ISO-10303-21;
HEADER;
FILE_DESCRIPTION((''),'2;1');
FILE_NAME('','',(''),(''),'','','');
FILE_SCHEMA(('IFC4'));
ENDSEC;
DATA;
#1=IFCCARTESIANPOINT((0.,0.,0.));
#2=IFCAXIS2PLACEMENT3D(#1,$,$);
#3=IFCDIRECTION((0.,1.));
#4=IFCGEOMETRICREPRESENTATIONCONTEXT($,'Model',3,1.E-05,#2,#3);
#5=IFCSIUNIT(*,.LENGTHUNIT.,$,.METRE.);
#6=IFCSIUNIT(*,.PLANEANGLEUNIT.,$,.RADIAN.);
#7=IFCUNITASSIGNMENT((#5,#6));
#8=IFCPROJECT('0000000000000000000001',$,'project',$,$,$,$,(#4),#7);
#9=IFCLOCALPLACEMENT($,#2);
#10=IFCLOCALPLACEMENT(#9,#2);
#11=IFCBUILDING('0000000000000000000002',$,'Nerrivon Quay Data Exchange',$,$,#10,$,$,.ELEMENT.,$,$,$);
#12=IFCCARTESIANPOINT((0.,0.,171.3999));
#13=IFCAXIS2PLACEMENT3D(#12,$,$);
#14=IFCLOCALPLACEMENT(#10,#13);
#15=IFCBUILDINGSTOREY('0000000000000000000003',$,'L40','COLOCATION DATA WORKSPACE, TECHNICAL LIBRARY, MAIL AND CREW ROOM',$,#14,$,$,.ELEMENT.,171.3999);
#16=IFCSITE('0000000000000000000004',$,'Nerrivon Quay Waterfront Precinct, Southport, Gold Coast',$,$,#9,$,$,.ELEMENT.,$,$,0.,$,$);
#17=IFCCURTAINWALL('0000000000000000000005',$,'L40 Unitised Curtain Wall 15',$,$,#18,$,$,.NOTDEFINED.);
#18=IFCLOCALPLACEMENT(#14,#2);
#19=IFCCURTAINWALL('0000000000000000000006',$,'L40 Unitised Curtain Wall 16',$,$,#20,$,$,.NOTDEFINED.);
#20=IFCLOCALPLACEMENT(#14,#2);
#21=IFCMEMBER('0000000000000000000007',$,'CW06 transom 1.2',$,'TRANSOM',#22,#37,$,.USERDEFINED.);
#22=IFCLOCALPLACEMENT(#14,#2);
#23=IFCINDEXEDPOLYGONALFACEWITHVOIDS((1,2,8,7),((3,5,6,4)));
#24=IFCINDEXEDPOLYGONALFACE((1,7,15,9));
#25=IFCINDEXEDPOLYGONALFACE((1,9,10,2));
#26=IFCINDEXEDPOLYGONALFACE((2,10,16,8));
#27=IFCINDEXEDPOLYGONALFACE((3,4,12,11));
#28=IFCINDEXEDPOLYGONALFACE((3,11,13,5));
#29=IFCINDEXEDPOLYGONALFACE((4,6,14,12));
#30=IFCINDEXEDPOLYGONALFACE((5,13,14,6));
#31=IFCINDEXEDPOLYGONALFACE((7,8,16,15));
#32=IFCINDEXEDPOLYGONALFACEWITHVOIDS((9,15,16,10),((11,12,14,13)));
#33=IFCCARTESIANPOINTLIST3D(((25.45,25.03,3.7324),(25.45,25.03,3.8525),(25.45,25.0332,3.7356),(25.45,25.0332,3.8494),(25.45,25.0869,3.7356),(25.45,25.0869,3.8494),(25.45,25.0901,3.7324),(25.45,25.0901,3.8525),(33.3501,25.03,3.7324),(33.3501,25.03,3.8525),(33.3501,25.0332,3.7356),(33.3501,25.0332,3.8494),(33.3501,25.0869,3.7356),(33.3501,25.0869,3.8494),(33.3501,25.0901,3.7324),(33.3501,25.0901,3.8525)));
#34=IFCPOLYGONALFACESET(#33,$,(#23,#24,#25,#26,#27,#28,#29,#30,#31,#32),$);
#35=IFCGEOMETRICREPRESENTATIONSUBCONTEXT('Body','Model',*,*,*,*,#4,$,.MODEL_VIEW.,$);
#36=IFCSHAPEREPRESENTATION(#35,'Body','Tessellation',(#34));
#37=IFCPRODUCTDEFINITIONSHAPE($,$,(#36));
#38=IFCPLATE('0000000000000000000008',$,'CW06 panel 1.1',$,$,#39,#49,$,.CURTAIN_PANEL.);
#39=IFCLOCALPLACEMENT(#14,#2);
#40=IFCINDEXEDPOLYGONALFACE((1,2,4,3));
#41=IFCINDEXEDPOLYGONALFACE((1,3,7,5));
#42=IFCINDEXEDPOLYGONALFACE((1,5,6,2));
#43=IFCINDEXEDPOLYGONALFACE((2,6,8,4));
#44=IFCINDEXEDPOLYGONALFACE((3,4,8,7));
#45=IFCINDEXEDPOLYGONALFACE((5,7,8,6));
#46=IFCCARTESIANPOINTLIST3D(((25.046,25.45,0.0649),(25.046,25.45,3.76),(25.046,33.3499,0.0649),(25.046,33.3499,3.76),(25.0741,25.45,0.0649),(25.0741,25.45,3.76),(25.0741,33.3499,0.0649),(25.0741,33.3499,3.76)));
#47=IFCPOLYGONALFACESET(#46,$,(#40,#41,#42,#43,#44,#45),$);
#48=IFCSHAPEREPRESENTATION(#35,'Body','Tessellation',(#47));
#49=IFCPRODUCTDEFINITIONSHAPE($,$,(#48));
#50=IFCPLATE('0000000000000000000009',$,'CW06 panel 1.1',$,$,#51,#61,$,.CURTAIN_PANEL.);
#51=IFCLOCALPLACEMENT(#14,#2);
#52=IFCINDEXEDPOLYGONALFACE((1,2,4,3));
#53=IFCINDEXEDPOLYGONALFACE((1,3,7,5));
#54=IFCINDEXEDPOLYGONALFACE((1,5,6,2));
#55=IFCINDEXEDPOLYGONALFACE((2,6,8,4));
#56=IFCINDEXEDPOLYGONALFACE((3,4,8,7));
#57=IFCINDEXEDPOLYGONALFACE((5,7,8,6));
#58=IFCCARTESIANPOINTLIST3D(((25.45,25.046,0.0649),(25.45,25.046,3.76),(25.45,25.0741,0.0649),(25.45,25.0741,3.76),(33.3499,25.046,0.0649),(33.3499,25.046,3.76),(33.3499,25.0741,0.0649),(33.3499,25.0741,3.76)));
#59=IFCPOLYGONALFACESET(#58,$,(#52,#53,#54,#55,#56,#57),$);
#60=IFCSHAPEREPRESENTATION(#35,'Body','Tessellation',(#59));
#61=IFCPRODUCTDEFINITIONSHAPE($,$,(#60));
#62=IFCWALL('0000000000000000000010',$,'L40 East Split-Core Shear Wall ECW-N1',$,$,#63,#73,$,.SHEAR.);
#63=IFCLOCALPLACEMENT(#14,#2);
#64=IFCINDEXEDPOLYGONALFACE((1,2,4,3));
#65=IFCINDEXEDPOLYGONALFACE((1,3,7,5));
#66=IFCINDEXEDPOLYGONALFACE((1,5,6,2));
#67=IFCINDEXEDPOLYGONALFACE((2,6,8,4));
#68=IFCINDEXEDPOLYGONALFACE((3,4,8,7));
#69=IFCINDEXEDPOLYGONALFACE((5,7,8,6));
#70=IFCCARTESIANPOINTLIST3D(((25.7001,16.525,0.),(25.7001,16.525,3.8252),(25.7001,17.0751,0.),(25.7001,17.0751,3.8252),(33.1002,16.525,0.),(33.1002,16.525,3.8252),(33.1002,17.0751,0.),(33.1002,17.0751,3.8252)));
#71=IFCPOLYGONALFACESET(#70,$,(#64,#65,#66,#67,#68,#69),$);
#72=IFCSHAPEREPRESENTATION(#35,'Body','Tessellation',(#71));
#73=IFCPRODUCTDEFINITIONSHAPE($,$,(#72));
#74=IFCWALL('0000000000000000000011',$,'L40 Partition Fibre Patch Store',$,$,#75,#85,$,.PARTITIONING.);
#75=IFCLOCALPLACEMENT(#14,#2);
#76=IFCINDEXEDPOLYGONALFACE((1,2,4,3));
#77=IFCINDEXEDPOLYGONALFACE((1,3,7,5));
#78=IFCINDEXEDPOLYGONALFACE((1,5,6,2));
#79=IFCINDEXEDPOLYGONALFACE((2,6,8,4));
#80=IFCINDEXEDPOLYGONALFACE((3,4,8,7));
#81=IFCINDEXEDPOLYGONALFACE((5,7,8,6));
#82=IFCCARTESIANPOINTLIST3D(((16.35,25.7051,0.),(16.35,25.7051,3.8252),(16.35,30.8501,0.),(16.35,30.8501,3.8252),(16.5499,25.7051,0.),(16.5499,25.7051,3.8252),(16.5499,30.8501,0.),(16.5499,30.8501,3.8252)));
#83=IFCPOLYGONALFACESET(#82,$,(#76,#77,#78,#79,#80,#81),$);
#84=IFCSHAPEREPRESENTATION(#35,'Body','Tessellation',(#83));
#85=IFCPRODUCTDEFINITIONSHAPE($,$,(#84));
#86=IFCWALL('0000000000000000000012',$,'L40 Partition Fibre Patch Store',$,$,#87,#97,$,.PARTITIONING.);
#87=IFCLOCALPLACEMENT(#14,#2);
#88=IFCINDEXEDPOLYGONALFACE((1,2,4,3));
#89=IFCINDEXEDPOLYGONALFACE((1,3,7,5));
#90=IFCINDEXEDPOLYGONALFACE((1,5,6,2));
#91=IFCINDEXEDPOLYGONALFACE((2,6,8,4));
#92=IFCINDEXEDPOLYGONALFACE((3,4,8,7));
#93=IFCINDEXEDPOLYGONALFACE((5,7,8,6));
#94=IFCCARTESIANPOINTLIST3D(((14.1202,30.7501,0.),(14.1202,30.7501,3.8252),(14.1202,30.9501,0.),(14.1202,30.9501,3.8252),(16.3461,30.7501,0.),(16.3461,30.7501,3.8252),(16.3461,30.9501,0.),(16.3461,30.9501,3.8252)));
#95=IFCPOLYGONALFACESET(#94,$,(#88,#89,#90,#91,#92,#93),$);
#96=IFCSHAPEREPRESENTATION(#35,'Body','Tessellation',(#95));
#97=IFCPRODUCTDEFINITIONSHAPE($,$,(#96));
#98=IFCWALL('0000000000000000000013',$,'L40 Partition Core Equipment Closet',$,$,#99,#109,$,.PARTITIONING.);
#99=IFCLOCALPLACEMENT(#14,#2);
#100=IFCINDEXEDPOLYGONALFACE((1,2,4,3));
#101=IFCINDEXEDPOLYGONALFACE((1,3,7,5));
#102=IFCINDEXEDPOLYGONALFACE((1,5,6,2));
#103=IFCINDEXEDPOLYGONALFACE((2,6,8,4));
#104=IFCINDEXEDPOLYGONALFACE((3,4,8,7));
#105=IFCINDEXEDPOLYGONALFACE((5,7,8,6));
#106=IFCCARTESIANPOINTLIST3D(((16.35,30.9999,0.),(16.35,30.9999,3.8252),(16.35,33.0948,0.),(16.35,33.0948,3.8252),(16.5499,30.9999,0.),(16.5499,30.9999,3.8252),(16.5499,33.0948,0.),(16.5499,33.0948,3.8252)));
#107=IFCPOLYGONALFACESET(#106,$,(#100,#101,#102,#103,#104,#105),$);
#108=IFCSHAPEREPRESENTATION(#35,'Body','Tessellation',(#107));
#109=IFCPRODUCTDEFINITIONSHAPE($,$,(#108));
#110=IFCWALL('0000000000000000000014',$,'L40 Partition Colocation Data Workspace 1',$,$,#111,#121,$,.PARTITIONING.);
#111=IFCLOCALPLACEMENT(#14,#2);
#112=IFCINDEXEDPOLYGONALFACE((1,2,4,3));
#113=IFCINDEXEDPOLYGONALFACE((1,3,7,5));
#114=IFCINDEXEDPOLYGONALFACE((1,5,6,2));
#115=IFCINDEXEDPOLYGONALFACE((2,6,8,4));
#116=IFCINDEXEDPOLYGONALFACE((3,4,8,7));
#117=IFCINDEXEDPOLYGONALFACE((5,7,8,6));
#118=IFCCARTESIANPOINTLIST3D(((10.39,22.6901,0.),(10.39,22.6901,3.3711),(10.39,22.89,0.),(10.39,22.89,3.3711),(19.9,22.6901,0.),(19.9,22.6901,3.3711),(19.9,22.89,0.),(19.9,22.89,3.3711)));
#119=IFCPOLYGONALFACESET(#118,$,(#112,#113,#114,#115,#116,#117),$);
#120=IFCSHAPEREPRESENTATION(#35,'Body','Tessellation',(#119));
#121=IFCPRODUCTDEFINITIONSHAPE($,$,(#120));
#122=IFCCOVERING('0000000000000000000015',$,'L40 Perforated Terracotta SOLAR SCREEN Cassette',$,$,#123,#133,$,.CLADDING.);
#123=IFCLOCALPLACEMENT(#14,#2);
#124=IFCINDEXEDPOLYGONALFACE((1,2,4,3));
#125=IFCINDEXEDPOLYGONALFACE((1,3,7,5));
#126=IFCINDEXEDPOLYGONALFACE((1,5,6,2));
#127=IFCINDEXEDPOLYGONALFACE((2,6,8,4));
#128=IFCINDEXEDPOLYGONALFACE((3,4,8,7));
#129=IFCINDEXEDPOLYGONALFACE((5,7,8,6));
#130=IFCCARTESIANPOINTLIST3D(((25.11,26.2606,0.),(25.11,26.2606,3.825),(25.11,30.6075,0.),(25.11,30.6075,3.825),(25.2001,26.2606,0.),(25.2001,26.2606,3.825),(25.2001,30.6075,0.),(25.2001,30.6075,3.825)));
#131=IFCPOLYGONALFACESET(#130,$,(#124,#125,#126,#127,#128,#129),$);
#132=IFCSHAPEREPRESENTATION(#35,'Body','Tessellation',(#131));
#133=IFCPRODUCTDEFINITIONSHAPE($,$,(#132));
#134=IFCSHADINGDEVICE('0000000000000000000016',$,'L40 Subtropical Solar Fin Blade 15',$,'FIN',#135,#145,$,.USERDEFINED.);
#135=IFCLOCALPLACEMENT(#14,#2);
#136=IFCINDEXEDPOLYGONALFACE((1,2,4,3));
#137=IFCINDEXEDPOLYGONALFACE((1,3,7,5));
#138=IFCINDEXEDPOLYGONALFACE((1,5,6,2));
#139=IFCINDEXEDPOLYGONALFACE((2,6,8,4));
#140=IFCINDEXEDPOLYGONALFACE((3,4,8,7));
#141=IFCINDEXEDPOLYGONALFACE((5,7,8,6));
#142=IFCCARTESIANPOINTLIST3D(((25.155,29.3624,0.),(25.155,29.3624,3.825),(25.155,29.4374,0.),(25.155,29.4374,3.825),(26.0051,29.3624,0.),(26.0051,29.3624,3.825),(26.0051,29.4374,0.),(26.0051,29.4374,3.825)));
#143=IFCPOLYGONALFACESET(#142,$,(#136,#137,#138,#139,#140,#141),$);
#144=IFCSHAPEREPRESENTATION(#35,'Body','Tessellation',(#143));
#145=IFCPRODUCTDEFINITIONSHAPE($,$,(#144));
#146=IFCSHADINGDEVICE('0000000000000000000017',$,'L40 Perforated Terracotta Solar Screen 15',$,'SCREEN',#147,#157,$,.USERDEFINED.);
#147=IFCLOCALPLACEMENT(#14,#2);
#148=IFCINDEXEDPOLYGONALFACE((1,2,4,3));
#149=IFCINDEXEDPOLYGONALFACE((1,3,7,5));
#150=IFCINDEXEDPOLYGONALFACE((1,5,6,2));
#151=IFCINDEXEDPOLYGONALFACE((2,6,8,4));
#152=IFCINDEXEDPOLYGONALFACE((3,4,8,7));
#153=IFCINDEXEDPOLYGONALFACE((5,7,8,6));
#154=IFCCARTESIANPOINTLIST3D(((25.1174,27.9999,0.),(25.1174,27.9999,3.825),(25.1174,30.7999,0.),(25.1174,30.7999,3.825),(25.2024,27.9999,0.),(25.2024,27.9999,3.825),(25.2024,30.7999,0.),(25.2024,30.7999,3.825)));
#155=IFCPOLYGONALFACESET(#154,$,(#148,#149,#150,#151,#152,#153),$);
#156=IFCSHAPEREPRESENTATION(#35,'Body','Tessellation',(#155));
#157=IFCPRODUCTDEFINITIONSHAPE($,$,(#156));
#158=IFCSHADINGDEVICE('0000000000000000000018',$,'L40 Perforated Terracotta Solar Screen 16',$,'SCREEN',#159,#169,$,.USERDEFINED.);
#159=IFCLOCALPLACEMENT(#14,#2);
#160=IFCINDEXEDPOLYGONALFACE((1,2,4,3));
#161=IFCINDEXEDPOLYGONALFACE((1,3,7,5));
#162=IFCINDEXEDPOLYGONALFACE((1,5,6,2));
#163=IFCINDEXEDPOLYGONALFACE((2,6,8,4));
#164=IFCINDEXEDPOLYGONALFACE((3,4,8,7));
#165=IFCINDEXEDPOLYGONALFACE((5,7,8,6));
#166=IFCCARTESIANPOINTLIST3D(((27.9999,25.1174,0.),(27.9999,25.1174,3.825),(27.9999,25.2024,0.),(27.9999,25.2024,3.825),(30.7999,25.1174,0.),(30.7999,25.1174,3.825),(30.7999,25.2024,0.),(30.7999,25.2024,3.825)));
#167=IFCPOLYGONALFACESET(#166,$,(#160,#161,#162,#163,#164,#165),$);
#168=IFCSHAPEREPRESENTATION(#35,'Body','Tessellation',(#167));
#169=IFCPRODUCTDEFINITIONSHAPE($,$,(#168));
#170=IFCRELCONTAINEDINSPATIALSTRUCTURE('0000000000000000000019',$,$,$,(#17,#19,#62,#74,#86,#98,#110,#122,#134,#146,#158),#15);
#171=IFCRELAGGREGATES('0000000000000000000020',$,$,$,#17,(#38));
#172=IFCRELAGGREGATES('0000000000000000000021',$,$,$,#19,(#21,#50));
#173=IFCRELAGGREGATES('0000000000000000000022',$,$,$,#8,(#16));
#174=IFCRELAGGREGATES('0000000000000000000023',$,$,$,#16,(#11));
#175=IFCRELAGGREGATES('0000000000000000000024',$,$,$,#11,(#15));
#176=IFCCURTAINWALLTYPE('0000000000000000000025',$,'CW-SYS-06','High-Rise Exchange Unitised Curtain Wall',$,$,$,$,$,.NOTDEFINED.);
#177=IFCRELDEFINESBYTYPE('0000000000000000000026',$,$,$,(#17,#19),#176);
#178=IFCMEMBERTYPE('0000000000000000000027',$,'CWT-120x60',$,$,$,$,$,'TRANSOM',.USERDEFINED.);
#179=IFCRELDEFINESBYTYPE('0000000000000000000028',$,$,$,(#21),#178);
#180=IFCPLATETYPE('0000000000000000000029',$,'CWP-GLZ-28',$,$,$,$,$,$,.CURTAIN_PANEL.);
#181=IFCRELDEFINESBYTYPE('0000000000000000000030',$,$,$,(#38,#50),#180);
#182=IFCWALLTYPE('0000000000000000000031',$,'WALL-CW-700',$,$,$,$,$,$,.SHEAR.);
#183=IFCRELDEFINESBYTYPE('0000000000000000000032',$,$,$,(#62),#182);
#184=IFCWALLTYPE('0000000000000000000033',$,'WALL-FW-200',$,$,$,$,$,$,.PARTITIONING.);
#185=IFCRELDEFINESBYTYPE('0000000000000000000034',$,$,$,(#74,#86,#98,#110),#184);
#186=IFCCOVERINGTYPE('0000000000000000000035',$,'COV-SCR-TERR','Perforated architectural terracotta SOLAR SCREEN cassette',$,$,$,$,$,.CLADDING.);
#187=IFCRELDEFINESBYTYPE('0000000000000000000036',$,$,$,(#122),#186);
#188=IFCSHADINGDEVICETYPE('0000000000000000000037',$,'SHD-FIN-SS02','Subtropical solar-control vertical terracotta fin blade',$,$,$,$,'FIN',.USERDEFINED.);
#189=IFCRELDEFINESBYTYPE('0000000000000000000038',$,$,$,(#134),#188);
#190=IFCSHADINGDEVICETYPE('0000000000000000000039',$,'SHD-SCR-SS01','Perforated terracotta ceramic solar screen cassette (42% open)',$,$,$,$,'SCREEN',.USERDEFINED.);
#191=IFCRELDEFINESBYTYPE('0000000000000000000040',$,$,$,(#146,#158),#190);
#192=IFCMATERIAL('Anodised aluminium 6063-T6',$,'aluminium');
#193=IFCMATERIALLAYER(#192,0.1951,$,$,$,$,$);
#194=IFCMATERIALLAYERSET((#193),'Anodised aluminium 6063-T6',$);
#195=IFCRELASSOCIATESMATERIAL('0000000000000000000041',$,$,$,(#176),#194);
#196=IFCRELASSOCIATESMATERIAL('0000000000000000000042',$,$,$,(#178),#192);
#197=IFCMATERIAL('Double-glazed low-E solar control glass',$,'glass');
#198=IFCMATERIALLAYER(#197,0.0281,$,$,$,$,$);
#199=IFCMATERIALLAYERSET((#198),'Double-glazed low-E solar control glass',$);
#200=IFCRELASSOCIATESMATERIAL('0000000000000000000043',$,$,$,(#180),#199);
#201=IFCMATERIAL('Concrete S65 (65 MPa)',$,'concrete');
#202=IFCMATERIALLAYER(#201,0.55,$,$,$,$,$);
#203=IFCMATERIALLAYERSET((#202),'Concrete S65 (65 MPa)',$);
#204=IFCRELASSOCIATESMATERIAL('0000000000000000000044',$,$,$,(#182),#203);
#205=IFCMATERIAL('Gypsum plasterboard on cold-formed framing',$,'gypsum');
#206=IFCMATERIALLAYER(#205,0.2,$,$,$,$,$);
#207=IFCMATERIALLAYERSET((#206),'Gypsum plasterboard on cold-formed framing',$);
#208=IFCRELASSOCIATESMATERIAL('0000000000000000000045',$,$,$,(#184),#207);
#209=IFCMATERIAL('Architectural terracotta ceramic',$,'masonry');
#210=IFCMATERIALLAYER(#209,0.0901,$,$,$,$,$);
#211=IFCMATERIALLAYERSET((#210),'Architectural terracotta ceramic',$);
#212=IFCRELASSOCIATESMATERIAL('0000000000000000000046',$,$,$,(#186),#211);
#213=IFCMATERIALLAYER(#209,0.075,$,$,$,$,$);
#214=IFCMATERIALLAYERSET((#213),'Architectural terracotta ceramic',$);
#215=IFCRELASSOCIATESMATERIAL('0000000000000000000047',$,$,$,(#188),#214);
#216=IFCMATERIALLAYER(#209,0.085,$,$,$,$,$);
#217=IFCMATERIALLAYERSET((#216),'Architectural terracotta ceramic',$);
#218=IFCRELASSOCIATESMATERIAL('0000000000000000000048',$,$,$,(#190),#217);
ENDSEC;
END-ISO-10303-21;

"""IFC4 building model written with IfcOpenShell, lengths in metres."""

from ifc_helpers import new_model, si_unit, direction, frame, frame_2d, origin, origin_2d, place, context, subcontext, project, spatial, rectangle, hollow_rectangle, extrude, material, layer, layer_set, material_profile, profile_set, type_object, element, aggregate, save


model = new_model("IFC4")

# Units and contexts
model_context = context("Model", 3, precision=1e-05, world=origin(), true_north=direction((0.0, 1.0)))
body_context = subcontext(model_context, "Body", "Model", "MODEL_VIEW")
ifc_project = project(units=[si_unit("LENGTHUNIT", "METRE"), si_unit("PLANEANGLEUNIT", "RADIAN")], contexts=[model_context])

# Site, building, storey
site_placement = place(None, origin())
site = spatial("IfcSite", under=ifc_project, at=site_placement, Name="Nerrivon Quay Waterfront Precinct, Southport, Gold Coast", CompositionType="ELEMENT", RefElevation=0.0)
building_placement = place(site_placement, origin())
building = spatial("IfcBuilding", under=site, at=building_placement, Name="Nerrivon Quay Data Exchange", CompositionType="ELEMENT")
storey_placement = place(building_placement, frame((0.0, 0.0, 171.3999)))
storey = spatial("IfcBuildingStorey", under=building, at=storey_placement, Name="L40", Description="COLOCATION DATA WORKSPACE, TECHNICAL LIBRARY, MAIL AND CREW ROOM", CompositionType="ELEMENT", Elevation=171.3999)

# Shared definitions
ifc_material_1 = material(Name="Concrete S65 (65 MPa)", Category="concrete")

# Curtain wall
ifc_material_2 = material(Name="Anodised aluminium 6063-T6", Category="aluminium")
ifc_layer_1 = layer(ifc_material_2, 0.1951)
ifc_layer_set_1 = layer_set([ifc_layer_1], Name="Anodised aluminium 6063-T6")
curtain_wall_type = type_object("IfcCurtainWallType", Name="CW-SYS-06", Description="High-Rise Exchange Unitised Curtain Wall", PredefinedType="NOTDEFINED", material=ifc_layer_set_1)
curtain_wall_1_placement = place(storey_placement, origin())
curtain_wall_1 = element("IfcCurtainWall", 1, at=curtain_wall_1_placement, inside=storey, type_object=curtain_wall_type, Name="L40 Unitised Curtain Wall 15", PredefinedType="NOTDEFINED")

# Curtain wall, member
curtain_wall_2_placement = place(storey_placement, origin())
curtain_wall_2 = element("IfcCurtainWall", 2, at=curtain_wall_2_placement, inside=storey, type_object=curtain_wall_type, Name="L40 Unitised Curtain Wall 16", PredefinedType="NOTDEFINED")
ifc_material_profile_1 = material_profile(ifc_material_2, hollow_rectangle(XDim=0.0601, YDim=0.1201, WallThickness=0.0032, at=origin_2d()), Name="ALU-TRAN-120x60")
ifc_profile_set_1 = profile_set([ifc_material_profile_1], Name="Anodised aluminium 6063-T6")
member_type_1 = type_object("IfcMemberType", Name="CWT-120x60", ElementType="TRANSOM", PredefinedType="USERDEFINED", material=ifc_profile_set_1)
member_1_placement = place(storey_placement, frame((25.45, 25.0601, 3.7925), z_axis=(1.0, 0.0, 0.0), x_axis=(0.0, 1.0, 0.0)))
member_1 = element("IfcMember", 3, at=member_1_placement, type_object=member_type_1, Name="CW06 transom 1.2", ObjectType="TRANSOM", PredefinedType="USERDEFINED", context=body_context, shape_type="SweptSolid", body=[
    extrude(hollow_rectangle(XDim=0.0601, YDim=0.1201, WallThickness=0.0032, at=origin_2d()), origin(), (0.0, 0.0, 1.0), 7.9001),
])

# Plates
ifc_material_3 = material(Name="Double-glazed low-E solar control glass", Category="glass")
ifc_layer_2 = layer(ifc_material_3, 0.0281)
ifc_layer_set_2 = layer_set([ifc_layer_2], Name="Double-glazed low-E solar control glass")
plate_type = type_object("IfcPlateType", Name="CWP-GLZ-28", PredefinedType="CURTAIN_PANEL", material=ifc_layer_set_2)
plate_1_placement = place(storey_placement, frame((25.0601, 29.3999, 0.0649), z_axis=(0.0, 0.0, 1.0), x_axis=(0.0, -1.0, 0.0)))
plate_1 = element("IfcPlate", 4, at=plate_1_placement, type_object=plate_type, Name="CW06 panel 1.1", PredefinedType="CURTAIN_PANEL", context=body_context, shape_type="SweptSolid", body=[
    extrude(rectangle(XDim=7.8999, YDim=0.0281, at=origin_2d()), origin(), (0.0, 0.0, 1.0), 3.6951),
])
aggregate(curtain_wall_1, [plate_1])
plate_2_placement = place(storey_placement, frame((29.3999, 25.0601, 0.0649), z_axis=(0.0, 0.0, 1.0), x_axis=(1.0, 0.0, 0.0)))
plate_2 = element("IfcPlate", 5, at=plate_2_placement, type_object=plate_type, Name="CW06 panel 1.1", PredefinedType="CURTAIN_PANEL", context=body_context, shape_type="SweptSolid", body=[
    extrude(rectangle(XDim=7.8999, YDim=0.0281, at=origin_2d()), origin(), (0.0, 0.0, 1.0), 3.6951),
])
aggregate(curtain_wall_2, [member_1, plate_2])

# Walls
ifc_layer_3 = layer(ifc_material_1, 0.55)
ifc_layer_set_3 = layer_set([ifc_layer_3], Name="Concrete S65 (65 MPa)")
wall_type_1 = type_object("IfcWallType", Name="WALL-CW-700", PredefinedType="SHEAR", material=ifc_layer_set_3)
wall_1_placement = place(storey_placement, frame((25.7, 16.8, 0.0), z_axis=(0.0, 0.0, 1.0), x_axis=(1.0, 0.0, 0.0)))
element("IfcWall", 6, at=wall_1_placement, inside=storey, type_object=wall_type_1, Name="L40 East Split-Core Shear Wall ECW-N1", PredefinedType="SHEAR", context=body_context, shape_type="SweptSolid", body=[
    extrude(rectangle(XDim=7.4001, YDim=0.55, at=frame_2d((3.7002, 0.0))), origin(), (0.0, 0.0, 1.0), 3.8252),
])
ifc_material_4 = material(Name="Gypsum plasterboard on cold-formed framing", Category="gypsum")
ifc_layer_4 = layer(ifc_material_4, 0.2)
ifc_layer_set_4 = layer_set([ifc_layer_4], Name="Gypsum plasterboard on cold-formed framing")
wall_type_2 = type_object("IfcWallType", Name="WALL-FW-200", PredefinedType="PARTITIONING", material=ifc_layer_set_4)
wall_2_placement = place(storey_placement, frame((16.45, 25.7051, 0.0), z_axis=(0.0, 0.0, 1.0), x_axis=(0.0, 1.0, 0.0)))
element("IfcWall", 7, at=wall_2_placement, inside=storey, type_object=wall_type_2, Name="L40 Partition Fibre Patch Store", PredefinedType="PARTITIONING", context=body_context, shape_type="SweptSolid", body=[
    extrude(rectangle(XDim=5.145, YDim=0.2, at=frame_2d((2.5725, 0.0))), origin(), (0.0, 0.0, 1.0), 3.8252),
])
wall_3_placement = place(storey_placement, frame((16.3459, 30.8501, 0.0), z_axis=(0.0, 0.0, 1.0), x_axis=(-1.0, 0.0, 0.0)))
element("IfcWall", 8, at=wall_3_placement, inside=storey, type_object=wall_type_2, Name="L40 Partition Fibre Patch Store", PredefinedType="PARTITIONING", context=body_context, shape_type="SweptSolid", body=[
    extrude(rectangle(XDim=2.2258, YDim=0.2, at=frame_2d((1.1128, 0.0))), origin(), (0.0, 0.0, 1.0), 3.8252),
])
wall_4_placement = place(storey_placement, frame((16.45, 31.0, 0.0), z_axis=(0.0, 0.0, 1.0), x_axis=(0.0, 1.0, 0.0)))
element("IfcWall", 9, at=wall_4_placement, inside=storey, type_object=wall_type_2, Name="L40 Partition Core Equipment Closet", PredefinedType="PARTITIONING", context=body_context, shape_type="SweptSolid", body=[
    extrude(rectangle(XDim=2.095, YDim=0.2, at=frame_2d((1.0474, 0.0))), origin(), (0.0, 0.0, 1.0), 3.8252),
])
wall_5_placement = place(storey_placement, frame((19.8999, 22.79, 0.0), z_axis=(0.0, 0.0, 1.0), x_axis=(-1.0, 0.0, 0.0)))
element("IfcWall", 10, at=wall_5_placement, inside=storey, type_object=wall_type_2, Name="L40 Partition Colocation Data Workspace 1", PredefinedType="PARTITIONING", context=body_context, shape_type="SweptSolid", body=[
    extrude(rectangle(XDim=9.51, YDim=0.2, at=frame_2d((4.7549, 0.0))), origin(), (0.0, 0.0, 1.0), 3.3711),
])

# Covering
ifc_material_5 = material(Name="Architectural terracotta ceramic", Category="masonry")
ifc_layer_5 = layer(ifc_material_5, 0.0901)
ifc_layer_set_5 = layer_set([ifc_layer_5], Name="Architectural terracotta ceramic")
covering_type = type_object("IfcCoveringType", Name="COV-SCR-TERR", Description="Perforated architectural terracotta SOLAR SCREEN cassette", PredefinedType="CLADDING", material=ifc_layer_set_5)
covering_placement = place(storey_placement, frame((25.155, 28.4341, 0.0), z_axis=(0.0, 0.0, 1.0), x_axis=(0.0, -1.0, 0.0)))
element("IfcCovering", 11, at=covering_placement, inside=storey, type_object=covering_type, Name="L40 Perforated Terracotta SOLAR SCREEN Cassette", PredefinedType="CLADDING", context=body_context, shape_type="SweptSolid", body=[
    extrude(rectangle(XDim=4.3469, YDim=0.0901, at=origin_2d()), origin(), (0.0, 0.0, 1.0), 3.825),
])

# Shading devices
ifc_layer_6 = layer(ifc_material_5, 0.075)
ifc_layer_set_6 = layer_set([ifc_layer_6], Name="Architectural terracotta ceramic")
shading_device_type_1 = type_object("IfcShadingDeviceType", Name="SHD-FIN-SS02", Description="Subtropical solar-control vertical terracotta fin blade", ElementType="FIN", PredefinedType="USERDEFINED", material=ifc_layer_set_6)
shading_device_placement = place(storey_placement, frame((25.5801, 29.3999, 0.0), z_axis=(0.0, 0.0, 1.0), x_axis=(0.0, -1.0, 0.0)))
element("IfcShadingDevice", 12, at=shading_device_placement, inside=storey, type_object=shading_device_type_1, Name="L40 Subtropical Solar Fin Blade 15", ObjectType="FIN", PredefinedType="USERDEFINED", context=body_context, shape_type="SweptSolid", body=[
    extrude(rectangle(XDim=0.075, YDim=0.8501, at=origin_2d()), origin(), (0.0, 0.0, 1.0), 3.825),
])
ifc_layer_7 = layer(ifc_material_5, 0.085)
ifc_layer_set_7 = layer_set([ifc_layer_7], Name="Architectural terracotta ceramic")
shading_device_type_2 = type_object("IfcShadingDeviceType", Name="SHD-SCR-SS01", Description="Perforated terracotta ceramic solar screen cassette (42% open)", ElementType="SCREEN", PredefinedType="USERDEFINED", material=ifc_layer_set_7)
for number, where, z_axis, x_axis, name in (
    (13, (25.1599, 29.3999, 0.0), (0.0, 0.0, 1.0), (0.0, -1.0, 0.0), "L40 Perforated Terracotta Solar Screen 15"),
    (14, (29.3999, 25.1599, 0.0), (0.0, 0.0, 1.0), (1.0, 0.0, 0.0), "L40 Perforated Terracotta Solar Screen 16"),
):
    element("IfcShadingDevice", number, at=place(storey_placement, frame(where, z_axis=z_axis, x_axis=x_axis)), inside=storey, type_object=shading_device_type_2, Name=name, ObjectType="SCREEN", PredefinedType="USERDEFINED", context=body_context, shape_type="SweptSolid", body=[
        extrude(rectangle(XDim=2.8, YDim=0.085, at=origin_2d()), origin(), (0.0, 0.0, 1.0), 3.825),
    ])

save(model, "model.ifc")
